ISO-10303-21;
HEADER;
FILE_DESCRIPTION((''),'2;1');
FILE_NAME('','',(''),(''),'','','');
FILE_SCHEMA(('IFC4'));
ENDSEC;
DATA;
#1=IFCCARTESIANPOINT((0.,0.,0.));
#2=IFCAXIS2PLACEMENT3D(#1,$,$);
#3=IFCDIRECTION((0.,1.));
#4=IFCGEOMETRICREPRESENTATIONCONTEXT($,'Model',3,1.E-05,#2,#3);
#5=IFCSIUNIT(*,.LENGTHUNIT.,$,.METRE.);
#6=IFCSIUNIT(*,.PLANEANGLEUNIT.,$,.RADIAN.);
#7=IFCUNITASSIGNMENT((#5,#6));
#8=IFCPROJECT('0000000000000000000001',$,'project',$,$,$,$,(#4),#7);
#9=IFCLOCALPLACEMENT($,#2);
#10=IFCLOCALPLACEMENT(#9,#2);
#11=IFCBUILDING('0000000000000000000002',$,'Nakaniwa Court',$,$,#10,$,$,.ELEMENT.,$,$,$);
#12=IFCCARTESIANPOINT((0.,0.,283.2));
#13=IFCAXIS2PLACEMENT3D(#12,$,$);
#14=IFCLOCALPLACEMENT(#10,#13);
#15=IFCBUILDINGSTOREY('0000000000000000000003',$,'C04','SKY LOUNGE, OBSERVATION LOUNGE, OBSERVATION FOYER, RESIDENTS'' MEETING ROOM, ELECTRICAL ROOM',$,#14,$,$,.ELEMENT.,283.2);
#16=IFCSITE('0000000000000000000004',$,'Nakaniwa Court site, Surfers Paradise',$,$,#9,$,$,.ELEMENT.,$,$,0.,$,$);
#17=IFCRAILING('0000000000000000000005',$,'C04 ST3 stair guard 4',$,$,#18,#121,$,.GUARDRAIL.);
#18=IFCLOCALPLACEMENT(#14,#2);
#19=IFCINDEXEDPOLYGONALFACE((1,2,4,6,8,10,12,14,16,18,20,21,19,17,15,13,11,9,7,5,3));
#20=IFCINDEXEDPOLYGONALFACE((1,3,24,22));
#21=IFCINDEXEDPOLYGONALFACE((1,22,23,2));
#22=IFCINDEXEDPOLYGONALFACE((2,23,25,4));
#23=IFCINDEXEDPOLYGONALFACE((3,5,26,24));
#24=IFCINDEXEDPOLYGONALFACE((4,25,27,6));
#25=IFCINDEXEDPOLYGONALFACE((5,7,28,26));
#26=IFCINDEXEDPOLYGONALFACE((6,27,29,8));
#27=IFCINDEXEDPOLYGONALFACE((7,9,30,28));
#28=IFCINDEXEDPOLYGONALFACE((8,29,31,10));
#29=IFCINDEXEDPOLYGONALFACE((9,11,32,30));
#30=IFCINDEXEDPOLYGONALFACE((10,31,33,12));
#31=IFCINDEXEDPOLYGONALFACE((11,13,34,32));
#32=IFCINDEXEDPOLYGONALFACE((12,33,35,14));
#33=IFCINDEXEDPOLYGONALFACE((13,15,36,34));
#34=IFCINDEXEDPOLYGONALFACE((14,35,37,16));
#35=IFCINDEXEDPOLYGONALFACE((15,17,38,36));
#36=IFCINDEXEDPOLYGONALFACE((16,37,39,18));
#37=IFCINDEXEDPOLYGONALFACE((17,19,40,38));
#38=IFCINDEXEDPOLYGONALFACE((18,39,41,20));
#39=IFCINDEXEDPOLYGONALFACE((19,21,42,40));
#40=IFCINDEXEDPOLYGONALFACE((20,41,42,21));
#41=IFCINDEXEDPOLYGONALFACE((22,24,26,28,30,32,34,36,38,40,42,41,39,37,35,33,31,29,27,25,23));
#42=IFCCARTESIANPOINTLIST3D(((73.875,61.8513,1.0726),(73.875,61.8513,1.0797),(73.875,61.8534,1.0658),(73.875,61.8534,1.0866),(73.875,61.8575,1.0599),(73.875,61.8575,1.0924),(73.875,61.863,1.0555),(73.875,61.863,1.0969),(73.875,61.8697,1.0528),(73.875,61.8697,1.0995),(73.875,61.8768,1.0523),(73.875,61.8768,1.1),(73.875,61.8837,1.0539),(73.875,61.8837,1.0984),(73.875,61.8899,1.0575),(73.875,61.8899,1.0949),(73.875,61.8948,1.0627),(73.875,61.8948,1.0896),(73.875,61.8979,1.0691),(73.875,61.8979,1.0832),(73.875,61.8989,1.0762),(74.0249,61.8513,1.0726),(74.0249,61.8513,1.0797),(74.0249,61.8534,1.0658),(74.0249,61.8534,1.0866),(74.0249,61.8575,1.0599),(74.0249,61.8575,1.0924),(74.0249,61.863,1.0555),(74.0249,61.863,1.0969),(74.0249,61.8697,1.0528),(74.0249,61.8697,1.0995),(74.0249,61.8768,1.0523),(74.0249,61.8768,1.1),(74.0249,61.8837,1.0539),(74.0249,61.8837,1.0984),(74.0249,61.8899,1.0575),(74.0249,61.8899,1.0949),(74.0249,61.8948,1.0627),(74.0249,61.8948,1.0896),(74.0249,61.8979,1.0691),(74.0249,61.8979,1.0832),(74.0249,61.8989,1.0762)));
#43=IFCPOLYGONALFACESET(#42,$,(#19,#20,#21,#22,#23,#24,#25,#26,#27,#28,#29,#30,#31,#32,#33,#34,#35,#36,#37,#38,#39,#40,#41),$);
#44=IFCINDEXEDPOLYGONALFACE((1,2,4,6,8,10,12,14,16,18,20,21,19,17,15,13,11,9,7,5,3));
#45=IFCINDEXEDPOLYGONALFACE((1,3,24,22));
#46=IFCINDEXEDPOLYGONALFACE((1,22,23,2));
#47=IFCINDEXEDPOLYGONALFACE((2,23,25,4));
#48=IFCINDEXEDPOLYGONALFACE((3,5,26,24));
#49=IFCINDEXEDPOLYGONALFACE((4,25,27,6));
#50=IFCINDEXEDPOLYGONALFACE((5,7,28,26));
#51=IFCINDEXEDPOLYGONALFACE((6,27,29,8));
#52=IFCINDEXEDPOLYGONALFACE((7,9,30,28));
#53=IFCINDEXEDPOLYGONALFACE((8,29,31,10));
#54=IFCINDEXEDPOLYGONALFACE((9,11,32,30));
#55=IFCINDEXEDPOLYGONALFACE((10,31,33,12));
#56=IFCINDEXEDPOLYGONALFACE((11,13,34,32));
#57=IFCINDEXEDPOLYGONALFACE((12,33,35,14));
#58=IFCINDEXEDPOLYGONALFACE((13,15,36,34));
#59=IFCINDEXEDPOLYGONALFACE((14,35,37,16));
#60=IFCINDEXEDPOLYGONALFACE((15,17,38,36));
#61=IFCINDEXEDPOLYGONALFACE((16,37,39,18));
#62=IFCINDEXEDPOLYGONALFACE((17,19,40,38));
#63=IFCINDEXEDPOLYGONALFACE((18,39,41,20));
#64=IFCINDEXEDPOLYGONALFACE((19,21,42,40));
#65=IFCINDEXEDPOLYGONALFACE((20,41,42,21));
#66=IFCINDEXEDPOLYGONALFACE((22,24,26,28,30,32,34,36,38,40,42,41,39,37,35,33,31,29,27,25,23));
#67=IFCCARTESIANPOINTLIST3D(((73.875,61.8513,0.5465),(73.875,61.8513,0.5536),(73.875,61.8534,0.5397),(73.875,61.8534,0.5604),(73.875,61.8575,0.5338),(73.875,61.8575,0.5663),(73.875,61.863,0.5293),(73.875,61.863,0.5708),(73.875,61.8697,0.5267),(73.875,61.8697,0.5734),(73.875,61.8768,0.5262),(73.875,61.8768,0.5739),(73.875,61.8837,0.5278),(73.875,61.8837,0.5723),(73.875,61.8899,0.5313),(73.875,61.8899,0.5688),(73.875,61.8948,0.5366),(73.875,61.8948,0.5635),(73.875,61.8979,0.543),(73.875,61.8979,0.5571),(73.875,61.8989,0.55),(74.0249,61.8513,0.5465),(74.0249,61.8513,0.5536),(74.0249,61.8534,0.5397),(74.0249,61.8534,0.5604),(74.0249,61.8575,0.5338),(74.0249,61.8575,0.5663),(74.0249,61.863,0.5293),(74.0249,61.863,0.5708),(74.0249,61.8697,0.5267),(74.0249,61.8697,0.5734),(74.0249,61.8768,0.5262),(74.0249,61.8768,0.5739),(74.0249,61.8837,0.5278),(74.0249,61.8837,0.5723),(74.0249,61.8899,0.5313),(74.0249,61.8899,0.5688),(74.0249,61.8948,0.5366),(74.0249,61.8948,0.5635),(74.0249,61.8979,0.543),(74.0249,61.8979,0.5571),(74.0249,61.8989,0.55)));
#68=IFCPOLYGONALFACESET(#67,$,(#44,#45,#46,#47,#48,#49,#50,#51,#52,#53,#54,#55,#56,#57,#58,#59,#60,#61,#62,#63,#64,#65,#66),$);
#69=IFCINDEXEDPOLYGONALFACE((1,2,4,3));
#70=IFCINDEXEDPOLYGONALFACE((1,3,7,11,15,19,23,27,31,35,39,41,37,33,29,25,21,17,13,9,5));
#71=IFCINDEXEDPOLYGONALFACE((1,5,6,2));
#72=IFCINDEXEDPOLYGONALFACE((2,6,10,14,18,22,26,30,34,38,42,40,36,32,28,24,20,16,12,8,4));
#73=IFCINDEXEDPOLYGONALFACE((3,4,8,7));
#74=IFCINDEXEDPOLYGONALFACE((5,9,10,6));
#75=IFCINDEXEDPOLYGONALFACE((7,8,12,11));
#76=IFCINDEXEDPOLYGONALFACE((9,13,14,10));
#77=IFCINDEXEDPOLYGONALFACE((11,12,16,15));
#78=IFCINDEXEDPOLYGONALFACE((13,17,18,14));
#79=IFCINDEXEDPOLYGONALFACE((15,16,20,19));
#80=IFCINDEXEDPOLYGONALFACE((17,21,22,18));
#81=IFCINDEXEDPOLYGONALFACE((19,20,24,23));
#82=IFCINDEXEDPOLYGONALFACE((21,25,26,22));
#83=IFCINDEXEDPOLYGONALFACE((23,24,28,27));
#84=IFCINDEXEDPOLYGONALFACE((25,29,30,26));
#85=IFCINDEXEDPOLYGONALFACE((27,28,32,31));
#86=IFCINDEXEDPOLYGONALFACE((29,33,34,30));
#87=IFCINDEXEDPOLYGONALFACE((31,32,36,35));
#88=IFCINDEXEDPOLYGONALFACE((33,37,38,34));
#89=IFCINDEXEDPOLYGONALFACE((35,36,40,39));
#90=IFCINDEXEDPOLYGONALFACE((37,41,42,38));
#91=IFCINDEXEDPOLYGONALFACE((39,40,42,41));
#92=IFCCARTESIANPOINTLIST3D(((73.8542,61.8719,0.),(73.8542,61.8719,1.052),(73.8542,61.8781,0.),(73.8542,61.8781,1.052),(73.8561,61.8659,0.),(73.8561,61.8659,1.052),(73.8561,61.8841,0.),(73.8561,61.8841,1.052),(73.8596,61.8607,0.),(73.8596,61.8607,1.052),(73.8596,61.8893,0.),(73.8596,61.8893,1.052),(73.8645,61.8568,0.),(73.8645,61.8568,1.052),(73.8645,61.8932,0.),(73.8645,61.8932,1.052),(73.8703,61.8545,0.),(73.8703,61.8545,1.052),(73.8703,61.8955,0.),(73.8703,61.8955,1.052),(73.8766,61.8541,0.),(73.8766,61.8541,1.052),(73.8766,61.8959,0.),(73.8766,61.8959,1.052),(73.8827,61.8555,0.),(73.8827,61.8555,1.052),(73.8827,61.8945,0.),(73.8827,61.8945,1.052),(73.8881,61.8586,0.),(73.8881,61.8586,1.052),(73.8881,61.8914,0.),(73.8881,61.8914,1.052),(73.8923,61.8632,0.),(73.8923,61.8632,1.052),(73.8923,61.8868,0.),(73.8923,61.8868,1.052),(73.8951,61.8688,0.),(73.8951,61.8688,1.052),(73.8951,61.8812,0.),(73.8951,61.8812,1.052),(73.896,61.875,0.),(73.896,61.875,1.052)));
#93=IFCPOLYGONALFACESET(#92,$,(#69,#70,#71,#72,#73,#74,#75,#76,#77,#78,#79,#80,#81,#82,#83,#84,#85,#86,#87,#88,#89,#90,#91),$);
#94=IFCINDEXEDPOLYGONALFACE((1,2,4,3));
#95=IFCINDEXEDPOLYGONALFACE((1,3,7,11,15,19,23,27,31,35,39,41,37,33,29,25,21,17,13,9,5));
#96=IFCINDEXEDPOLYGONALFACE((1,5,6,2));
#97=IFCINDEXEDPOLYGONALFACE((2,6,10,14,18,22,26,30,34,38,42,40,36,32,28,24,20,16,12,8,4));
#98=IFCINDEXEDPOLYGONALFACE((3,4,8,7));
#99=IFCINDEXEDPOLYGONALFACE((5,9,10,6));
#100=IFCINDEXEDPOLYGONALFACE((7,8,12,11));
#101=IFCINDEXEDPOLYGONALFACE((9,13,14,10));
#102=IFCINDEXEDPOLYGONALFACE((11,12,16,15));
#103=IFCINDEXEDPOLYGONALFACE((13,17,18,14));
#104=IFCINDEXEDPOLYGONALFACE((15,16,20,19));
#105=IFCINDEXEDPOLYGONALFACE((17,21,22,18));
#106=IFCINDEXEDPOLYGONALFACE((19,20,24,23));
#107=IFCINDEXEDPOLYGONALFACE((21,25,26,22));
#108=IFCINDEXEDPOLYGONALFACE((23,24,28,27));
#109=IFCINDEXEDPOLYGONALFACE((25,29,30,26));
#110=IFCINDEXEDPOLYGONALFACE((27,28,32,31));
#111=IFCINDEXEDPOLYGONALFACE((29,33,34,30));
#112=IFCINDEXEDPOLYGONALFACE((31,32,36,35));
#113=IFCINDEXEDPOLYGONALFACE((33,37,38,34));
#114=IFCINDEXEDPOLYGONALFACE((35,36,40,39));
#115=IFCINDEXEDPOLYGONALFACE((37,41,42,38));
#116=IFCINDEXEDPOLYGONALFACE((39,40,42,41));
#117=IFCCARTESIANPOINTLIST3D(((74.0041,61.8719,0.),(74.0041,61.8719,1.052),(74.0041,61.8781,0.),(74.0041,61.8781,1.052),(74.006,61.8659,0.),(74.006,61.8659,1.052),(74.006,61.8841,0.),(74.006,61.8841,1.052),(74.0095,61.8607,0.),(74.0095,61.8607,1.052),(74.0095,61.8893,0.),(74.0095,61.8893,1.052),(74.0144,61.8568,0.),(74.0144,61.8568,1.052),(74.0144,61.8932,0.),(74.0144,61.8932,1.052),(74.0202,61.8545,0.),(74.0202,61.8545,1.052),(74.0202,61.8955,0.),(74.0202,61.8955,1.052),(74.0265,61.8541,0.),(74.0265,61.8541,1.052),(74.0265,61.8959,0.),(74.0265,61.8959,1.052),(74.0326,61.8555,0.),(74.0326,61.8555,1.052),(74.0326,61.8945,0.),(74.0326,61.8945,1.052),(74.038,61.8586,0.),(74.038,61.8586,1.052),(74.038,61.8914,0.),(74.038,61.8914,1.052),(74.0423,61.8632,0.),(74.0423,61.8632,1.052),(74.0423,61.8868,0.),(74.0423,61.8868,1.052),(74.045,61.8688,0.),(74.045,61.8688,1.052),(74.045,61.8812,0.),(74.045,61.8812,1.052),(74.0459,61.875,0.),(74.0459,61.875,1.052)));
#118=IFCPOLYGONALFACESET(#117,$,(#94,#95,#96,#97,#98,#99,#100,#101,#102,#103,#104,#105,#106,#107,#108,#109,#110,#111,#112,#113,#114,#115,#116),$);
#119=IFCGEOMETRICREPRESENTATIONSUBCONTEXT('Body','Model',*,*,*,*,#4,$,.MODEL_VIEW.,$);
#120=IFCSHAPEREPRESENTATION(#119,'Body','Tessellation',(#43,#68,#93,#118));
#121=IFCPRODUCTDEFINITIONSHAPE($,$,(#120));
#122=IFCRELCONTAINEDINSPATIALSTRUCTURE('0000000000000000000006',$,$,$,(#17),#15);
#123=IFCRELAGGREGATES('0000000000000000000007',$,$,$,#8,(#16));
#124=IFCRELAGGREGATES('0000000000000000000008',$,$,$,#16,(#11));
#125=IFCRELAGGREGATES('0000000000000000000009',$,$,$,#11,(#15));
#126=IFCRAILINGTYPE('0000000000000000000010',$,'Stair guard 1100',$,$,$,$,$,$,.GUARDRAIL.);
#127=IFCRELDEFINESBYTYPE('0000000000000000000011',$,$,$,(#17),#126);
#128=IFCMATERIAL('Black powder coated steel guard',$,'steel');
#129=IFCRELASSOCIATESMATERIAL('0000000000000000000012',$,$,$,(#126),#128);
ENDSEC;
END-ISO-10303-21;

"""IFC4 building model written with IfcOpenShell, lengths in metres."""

from ifc_helpers import new_model, si_unit, direction, frame, origin, origin_2d, place, context, subcontext, project, spatial, circle, extrude, material, type_object, element, save


model = new_model("IFC4")

# Units and contexts
model_context = context("Model", 3, precision=1e-05, world=origin(), true_north=direction((0.0, 1.0)))
body_context = subcontext(model_context, "Body", "Model", "MODEL_VIEW")
ifc_project = project(units=[si_unit("LENGTHUNIT", "METRE"), si_unit("PLANEANGLEUNIT", "RADIAN")], contexts=[model_context])

# Site, building, storey
site_placement = place(None, origin())
site = spatial("IfcSite", under=ifc_project, at=site_placement, Name="Nakaniwa Court site, Surfers Paradise", CompositionType="ELEMENT", RefElevation=0.0)
building_placement = place(site_placement, origin())
building = spatial("IfcBuilding", under=site, at=building_placement, Name="Nakaniwa Court", CompositionType="ELEMENT")
storey_placement = place(building_placement, frame((0.0, 0.0, 283.2)))
storey = spatial("IfcBuildingStorey", under=building, at=storey_placement, Name="C04", Description="SKY LOUNGE, OBSERVATION LOUNGE, OBSERVATION FOYER, RESIDENTS' MEETING ROOM, ELECTRICAL ROOM", CompositionType="ELEMENT", Elevation=283.2)

# Railing
ifc_material_1 = material(Name="Black powder coated steel guard", Category="steel")
railing_type_1 = type_object("IfcRailingType", Name="Stair guard 1100", PredefinedType="GUARDRAIL", material=ifc_material_1)
railing_1_placement = place(storey_placement, frame((73.875, 61.875, 0.0)))
element("IfcRailing", 1, at=railing_1_placement, inside=storey, type_object=railing_type_1, Name="C04 ST3 stair guard 4", PredefinedType="GUARDRAIL", context=body_context, shape_type="SweptSolid", body=[
    extrude(circle(Radius=0.0239, at=origin_2d()), frame((0.0, 0.0, 1.0762), z_axis=(1.0, 0.0, 0.0), x_axis=(0.0, 1.0, 0.0)), (0.0, 0.0, 1.0), 0.1499),
    extrude(circle(Radius=0.0239, at=origin_2d()), frame((0.0, 0.0, 0.55), z_axis=(1.0, 0.0, 0.0), x_axis=(0.0, 1.0, 0.0)), (0.0, 0.0, 1.0), 0.1499),
    extrude(circle(Radius=0.021, at=origin_2d()), origin(), (0.0, 0.0, 1.0), 1.052),
    extrude(circle(Radius=0.021, at=origin_2d()), frame((0.1499, 0.0, 0.0)), (0.0, 0.0, 1.0), 1.052),
])

save(model, "model.ifc")
